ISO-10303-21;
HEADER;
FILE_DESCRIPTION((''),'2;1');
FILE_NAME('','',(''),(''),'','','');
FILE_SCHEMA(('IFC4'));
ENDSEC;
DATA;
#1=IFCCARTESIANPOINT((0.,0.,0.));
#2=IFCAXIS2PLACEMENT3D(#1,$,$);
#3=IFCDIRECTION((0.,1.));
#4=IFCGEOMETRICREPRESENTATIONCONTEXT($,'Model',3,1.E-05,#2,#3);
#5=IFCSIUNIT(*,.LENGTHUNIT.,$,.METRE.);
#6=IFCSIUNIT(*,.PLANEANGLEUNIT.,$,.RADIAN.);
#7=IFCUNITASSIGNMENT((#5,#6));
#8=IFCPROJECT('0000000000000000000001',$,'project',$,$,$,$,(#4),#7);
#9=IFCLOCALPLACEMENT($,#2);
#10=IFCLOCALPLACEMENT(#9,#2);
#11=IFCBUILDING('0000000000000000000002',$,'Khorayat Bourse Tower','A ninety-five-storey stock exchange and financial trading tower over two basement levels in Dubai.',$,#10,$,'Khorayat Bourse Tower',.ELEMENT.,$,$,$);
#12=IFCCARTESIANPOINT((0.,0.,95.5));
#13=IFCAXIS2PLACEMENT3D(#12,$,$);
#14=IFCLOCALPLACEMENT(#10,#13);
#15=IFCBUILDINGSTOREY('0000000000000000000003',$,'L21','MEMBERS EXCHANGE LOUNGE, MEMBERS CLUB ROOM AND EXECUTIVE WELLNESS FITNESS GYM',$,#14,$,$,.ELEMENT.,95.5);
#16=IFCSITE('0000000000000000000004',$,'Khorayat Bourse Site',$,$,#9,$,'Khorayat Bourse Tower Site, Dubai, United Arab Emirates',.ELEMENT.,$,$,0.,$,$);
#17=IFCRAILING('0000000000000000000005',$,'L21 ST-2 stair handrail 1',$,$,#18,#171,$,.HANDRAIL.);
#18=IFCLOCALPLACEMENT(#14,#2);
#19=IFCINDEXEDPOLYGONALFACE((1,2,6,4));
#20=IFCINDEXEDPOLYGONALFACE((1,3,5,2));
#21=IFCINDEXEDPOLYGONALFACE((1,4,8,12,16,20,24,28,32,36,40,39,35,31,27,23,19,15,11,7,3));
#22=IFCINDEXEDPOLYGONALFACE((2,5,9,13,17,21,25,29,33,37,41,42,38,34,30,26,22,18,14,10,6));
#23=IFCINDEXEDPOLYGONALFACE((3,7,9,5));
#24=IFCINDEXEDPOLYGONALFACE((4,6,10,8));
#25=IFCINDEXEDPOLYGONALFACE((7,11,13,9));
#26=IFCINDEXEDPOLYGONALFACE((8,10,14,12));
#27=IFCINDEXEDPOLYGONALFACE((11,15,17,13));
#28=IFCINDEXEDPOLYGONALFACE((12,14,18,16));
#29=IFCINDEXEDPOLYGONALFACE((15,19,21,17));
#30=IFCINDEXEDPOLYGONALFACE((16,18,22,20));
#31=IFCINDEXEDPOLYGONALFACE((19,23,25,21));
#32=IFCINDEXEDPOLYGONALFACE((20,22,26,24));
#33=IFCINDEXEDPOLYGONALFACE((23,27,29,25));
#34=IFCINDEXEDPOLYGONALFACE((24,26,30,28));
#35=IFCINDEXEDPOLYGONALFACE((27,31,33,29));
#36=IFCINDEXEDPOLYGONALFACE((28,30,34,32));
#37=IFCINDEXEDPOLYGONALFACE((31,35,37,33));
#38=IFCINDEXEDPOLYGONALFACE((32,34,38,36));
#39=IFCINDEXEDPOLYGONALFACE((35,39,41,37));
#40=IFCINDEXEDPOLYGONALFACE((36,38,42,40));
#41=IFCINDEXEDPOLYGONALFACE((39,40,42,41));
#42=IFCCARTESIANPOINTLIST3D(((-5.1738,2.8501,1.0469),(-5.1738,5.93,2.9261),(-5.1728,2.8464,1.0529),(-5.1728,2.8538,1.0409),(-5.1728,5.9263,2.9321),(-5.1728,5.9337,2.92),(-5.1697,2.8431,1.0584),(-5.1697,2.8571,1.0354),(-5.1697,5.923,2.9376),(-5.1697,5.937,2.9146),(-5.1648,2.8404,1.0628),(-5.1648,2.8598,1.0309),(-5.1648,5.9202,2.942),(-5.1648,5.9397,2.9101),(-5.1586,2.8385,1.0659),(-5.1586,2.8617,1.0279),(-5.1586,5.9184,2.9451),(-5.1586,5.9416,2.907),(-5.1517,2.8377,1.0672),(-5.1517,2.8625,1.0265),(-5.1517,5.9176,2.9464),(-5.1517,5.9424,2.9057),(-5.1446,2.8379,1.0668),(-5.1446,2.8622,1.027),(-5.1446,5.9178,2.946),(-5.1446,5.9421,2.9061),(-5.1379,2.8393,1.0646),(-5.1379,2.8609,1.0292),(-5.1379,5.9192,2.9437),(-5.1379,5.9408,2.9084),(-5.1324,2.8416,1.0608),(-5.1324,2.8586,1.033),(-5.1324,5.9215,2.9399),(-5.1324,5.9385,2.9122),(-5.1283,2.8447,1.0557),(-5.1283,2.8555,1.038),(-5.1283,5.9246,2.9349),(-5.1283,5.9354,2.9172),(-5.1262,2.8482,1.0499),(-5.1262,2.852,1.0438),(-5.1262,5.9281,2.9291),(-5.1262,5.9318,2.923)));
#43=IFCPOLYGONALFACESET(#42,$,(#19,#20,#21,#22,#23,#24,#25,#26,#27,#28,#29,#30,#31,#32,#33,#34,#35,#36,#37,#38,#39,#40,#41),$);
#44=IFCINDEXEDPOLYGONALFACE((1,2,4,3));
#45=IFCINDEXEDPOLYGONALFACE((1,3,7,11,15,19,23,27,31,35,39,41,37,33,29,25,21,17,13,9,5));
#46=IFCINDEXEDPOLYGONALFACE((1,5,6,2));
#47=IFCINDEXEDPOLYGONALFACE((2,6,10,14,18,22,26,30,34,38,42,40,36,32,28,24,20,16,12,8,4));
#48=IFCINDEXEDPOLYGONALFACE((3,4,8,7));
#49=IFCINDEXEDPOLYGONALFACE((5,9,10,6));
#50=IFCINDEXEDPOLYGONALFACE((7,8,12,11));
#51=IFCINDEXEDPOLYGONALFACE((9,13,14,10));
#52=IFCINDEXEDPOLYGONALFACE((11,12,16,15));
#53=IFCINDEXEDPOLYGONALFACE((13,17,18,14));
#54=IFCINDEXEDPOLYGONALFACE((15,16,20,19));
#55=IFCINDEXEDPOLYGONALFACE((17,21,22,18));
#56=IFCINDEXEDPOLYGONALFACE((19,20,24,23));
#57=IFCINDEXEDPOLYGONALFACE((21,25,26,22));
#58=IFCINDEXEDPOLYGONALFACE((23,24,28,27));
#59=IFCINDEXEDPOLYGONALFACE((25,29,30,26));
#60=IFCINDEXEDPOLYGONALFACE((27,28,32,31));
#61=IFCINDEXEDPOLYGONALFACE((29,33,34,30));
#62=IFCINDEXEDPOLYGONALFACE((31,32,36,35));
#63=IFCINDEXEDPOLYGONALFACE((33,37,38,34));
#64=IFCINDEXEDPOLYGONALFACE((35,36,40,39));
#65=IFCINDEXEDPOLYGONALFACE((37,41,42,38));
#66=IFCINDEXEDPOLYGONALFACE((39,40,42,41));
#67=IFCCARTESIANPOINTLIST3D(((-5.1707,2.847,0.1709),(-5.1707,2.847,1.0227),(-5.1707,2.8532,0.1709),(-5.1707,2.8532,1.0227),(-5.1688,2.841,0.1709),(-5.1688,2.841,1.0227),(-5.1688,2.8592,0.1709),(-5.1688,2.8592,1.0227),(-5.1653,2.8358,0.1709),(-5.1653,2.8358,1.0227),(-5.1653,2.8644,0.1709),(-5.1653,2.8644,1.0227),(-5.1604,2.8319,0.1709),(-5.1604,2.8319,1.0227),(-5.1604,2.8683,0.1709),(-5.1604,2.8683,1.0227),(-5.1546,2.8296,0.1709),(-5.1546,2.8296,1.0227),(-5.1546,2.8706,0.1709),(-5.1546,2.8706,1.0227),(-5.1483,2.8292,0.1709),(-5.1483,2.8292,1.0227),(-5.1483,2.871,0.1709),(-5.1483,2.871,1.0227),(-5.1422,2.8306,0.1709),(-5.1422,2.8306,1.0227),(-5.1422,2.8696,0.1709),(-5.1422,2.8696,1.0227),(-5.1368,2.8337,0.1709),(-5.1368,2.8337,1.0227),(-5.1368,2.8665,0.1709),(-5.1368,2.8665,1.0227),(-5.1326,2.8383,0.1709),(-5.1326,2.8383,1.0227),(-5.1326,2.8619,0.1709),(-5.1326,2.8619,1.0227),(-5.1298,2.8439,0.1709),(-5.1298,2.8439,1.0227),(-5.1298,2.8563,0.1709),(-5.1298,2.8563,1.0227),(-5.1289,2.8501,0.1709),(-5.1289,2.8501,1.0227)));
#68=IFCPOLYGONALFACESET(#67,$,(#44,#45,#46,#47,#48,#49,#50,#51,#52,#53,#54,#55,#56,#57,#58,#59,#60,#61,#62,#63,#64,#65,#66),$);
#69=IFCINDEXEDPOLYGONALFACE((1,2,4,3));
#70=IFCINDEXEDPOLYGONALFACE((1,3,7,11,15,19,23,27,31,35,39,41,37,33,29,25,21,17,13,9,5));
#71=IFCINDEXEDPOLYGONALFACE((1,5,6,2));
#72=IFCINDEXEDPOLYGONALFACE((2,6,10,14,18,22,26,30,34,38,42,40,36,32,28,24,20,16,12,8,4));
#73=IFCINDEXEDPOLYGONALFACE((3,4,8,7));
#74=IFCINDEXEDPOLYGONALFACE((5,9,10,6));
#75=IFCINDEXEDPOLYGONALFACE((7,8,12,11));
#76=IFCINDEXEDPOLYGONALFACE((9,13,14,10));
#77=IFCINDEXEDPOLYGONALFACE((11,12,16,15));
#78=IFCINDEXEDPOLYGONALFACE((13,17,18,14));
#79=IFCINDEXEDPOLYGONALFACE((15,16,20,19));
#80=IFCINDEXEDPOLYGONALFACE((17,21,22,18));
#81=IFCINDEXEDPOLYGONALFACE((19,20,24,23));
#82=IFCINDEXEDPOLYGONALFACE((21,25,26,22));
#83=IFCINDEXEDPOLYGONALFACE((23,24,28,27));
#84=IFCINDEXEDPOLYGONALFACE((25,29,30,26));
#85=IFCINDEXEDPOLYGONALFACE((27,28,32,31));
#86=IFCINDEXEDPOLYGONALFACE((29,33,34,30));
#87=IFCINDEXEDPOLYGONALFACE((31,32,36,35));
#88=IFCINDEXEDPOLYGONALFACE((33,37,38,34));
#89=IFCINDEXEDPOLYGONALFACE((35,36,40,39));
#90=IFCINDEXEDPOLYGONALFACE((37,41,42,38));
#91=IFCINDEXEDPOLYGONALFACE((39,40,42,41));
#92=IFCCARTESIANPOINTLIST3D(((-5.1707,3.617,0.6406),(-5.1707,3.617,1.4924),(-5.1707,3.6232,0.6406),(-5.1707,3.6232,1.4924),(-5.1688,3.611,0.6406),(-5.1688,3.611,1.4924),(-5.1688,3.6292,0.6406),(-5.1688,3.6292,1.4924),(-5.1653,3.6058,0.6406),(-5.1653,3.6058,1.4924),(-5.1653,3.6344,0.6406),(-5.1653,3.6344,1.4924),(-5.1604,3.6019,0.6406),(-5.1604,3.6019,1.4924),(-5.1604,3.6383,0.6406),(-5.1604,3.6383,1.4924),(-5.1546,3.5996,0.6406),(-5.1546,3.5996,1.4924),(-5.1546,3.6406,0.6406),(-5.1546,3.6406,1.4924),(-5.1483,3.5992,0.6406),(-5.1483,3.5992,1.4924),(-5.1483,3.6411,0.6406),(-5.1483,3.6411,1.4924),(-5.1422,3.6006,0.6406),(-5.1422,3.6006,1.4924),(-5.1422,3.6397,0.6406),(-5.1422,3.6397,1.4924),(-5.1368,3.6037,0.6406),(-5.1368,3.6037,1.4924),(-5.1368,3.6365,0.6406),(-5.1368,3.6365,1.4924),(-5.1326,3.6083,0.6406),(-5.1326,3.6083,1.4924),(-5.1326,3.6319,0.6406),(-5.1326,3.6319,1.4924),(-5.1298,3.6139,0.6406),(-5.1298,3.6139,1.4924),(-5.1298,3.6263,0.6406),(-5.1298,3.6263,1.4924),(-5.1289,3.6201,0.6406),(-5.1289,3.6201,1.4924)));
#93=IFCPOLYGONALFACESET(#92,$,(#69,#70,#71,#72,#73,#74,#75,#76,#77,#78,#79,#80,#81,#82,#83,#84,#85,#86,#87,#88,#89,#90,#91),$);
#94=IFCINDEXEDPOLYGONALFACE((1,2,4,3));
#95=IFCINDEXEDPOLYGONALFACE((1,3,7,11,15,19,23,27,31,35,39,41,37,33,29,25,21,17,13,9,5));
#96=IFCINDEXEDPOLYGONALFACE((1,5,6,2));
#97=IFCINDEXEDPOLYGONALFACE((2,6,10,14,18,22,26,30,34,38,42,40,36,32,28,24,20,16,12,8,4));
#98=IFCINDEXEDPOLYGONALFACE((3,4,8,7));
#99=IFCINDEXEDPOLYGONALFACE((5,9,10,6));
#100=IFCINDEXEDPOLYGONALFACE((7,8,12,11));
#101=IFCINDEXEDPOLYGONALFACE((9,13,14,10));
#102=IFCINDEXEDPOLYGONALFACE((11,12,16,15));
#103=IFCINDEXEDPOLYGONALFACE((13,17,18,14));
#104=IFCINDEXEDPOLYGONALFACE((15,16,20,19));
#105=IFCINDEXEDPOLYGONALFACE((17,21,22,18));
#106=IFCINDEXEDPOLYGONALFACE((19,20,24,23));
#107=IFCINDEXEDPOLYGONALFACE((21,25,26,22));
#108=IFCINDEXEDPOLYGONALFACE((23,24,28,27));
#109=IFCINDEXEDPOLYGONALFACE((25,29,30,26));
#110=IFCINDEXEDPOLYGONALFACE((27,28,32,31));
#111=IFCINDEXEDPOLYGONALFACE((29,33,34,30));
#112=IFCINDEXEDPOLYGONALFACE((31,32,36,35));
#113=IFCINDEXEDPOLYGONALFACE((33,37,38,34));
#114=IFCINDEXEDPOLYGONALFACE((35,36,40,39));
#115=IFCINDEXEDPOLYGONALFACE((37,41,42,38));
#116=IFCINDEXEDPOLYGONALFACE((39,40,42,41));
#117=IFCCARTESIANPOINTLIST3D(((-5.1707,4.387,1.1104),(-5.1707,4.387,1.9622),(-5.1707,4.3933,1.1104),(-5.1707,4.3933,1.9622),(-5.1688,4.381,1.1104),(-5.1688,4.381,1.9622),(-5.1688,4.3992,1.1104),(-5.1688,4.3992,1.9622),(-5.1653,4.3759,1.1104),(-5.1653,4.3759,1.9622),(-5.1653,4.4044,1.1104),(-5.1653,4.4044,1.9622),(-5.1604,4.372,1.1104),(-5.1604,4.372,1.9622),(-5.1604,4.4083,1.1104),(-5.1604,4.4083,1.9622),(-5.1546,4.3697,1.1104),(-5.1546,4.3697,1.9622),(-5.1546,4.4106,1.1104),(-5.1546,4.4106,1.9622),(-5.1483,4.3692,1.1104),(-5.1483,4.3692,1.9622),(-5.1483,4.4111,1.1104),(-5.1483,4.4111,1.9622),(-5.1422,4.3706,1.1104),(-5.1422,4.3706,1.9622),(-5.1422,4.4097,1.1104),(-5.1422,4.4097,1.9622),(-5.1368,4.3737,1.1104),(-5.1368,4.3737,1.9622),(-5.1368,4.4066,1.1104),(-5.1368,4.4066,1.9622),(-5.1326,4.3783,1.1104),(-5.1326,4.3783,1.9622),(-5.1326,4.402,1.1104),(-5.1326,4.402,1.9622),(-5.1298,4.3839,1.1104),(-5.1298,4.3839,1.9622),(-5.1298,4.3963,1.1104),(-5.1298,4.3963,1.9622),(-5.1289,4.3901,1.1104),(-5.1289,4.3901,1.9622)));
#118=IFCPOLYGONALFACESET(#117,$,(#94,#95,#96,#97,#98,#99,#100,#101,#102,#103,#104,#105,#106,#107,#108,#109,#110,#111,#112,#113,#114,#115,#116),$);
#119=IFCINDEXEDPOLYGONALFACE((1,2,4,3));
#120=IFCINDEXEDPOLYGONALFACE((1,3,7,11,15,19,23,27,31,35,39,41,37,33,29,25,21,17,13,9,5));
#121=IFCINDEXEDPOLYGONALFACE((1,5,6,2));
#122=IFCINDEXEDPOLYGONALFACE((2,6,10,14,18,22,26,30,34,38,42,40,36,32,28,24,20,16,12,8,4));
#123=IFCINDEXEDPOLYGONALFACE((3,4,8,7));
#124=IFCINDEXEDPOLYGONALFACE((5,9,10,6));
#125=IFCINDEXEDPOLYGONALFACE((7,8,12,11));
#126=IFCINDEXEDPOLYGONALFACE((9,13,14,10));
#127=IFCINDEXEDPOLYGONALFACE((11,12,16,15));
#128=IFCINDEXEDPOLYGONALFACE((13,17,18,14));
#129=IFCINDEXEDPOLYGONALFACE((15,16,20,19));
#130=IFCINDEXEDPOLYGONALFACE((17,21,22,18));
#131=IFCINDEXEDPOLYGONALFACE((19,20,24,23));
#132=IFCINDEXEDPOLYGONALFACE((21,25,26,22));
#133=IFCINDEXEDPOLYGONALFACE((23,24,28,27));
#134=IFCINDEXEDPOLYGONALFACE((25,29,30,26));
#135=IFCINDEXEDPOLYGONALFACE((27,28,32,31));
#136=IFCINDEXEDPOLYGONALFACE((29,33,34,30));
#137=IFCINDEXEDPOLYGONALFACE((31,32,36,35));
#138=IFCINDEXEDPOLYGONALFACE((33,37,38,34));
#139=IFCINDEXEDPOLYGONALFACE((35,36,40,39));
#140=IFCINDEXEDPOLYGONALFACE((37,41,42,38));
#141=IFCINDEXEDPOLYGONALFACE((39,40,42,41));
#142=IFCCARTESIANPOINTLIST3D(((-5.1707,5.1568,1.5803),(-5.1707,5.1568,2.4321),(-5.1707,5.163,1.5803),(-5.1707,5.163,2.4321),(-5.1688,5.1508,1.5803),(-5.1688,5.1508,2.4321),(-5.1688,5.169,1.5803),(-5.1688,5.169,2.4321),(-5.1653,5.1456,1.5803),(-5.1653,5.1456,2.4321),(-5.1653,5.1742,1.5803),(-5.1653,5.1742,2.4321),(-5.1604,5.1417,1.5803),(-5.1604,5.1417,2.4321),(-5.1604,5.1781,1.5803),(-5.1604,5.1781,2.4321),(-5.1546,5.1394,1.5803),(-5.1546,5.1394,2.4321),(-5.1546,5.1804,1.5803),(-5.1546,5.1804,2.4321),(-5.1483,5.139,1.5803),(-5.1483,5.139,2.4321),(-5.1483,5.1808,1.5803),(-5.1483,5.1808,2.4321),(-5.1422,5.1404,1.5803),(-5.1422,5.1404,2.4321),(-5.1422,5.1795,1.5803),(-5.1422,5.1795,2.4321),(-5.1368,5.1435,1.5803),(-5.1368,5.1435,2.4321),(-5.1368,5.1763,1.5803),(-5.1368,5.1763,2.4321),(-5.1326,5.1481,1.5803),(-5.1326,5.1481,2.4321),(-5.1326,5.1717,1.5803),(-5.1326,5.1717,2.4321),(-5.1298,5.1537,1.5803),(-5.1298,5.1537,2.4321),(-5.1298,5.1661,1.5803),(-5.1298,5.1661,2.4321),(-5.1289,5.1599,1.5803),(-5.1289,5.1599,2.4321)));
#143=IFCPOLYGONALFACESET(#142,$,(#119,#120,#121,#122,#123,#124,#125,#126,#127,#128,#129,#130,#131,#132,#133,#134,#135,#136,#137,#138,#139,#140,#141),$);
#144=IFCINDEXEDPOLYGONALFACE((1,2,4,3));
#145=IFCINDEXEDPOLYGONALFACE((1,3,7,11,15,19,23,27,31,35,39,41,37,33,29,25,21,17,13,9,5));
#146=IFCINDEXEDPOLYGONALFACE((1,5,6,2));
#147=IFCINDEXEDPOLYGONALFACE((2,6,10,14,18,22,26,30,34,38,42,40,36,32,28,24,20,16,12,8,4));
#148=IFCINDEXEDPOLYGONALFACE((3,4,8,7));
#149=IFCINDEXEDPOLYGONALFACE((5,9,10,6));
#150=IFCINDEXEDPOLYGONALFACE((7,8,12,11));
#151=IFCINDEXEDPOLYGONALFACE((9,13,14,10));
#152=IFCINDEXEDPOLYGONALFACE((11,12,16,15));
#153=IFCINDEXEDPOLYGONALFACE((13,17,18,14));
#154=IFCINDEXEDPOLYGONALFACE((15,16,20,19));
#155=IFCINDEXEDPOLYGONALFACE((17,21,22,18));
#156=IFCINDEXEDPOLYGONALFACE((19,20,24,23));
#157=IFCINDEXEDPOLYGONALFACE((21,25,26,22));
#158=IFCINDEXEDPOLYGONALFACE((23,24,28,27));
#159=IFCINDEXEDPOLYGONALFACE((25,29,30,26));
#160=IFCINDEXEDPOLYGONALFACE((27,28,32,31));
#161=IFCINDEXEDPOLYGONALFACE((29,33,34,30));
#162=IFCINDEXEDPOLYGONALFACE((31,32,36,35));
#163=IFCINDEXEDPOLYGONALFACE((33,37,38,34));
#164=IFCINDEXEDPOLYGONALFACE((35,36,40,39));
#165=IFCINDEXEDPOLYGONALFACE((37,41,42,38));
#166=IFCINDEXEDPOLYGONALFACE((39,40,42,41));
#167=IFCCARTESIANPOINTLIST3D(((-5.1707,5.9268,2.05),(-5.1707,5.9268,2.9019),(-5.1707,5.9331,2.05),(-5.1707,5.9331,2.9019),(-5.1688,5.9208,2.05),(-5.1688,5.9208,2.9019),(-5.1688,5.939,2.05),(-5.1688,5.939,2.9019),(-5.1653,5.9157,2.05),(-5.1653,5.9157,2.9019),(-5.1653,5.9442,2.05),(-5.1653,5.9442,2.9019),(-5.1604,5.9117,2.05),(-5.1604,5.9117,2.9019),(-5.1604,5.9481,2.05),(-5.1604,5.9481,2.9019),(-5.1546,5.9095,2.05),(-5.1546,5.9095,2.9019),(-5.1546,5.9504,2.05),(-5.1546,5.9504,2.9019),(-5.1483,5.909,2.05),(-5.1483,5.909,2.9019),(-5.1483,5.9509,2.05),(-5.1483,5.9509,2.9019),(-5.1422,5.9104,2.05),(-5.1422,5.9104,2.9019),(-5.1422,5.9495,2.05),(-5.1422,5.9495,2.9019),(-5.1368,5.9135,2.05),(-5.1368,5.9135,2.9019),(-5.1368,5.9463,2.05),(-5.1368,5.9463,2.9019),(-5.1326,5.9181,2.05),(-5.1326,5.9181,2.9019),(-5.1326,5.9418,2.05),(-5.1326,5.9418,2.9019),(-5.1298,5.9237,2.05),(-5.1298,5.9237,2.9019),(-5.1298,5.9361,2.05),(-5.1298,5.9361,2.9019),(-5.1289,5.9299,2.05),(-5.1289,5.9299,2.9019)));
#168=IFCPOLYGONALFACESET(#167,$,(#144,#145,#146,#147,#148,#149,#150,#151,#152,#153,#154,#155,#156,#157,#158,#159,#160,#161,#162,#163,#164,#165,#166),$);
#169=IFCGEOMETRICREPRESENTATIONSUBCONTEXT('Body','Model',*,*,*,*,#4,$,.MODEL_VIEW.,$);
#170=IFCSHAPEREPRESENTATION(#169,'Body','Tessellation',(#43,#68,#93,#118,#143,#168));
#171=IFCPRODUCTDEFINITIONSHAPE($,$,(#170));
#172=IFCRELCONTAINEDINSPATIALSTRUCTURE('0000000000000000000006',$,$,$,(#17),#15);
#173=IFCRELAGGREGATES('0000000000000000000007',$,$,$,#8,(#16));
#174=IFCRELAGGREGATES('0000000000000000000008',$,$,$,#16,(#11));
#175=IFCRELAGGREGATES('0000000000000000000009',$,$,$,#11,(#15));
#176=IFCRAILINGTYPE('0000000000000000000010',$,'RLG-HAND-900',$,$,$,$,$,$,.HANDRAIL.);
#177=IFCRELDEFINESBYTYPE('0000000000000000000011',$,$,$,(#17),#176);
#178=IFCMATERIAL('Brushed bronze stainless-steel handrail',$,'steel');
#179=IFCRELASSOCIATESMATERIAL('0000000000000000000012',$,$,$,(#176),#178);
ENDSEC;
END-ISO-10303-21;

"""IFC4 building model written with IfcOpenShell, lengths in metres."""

from ifc_helpers import new_model, si_unit, direction, frame, origin, origin_2d, place, context, subcontext, project, spatial, circle, extrude, source, transform, mapped, material, type_object, element, save


model = new_model("IFC4")

# Units and contexts
model_context = context("Model", 3, precision=1e-05, world=origin(), true_north=direction((0.0, 1.0)))
body_context = subcontext(model_context, "Body", "Model", "MODEL_VIEW")
ifc_project = project(units=[si_unit("LENGTHUNIT", "METRE"), si_unit("PLANEANGLEUNIT", "RADIAN")], contexts=[model_context])

# Site, building, storey
site_placement = place(None, origin())
site = spatial("IfcSite", under=ifc_project, at=site_placement, Name="Khorayat Bourse Site", LongName="Khorayat Bourse Tower Site, Dubai, United Arab Emirates", CompositionType="ELEMENT", RefElevation=0.0)
building_placement = place(site_placement, origin())
building = spatial("IfcBuilding", under=site, at=building_placement, Name="Khorayat Bourse Tower", Description="A ninety-five-storey stock exchange and financial trading tower over two basement levels in Dubai.", LongName="Khorayat Bourse Tower", CompositionType="ELEMENT")
storey_placement = place(building_placement, frame((0.0, 0.0, 95.5)))
storey = spatial("IfcBuildingStorey", under=building, at=storey_placement, Name="L21", Description="MEMBERS EXCHANGE LOUNGE, MEMBERS CLUB ROOM AND EXECUTIVE WELLNESS FITNESS GYM", CompositionType="ELEMENT", Elevation=95.5)

# Railing
ifc_material_1 = material(Name="Brushed bronze stainless-steel handrail", Category="steel")
railing_type_1 = type_object("IfcRailingType", Name="RLG-HAND-900", PredefinedType="HANDRAIL", material=ifc_material_1)
shared_shape_1 = source(origin(), body_context, "Body", "SweptSolid", [
    extrude(circle(Radius=0.0239, at=origin_2d()), frame((0.0, 0.0, 0.876), z_axis=(0.0, 0.853648, 0.52085), x_axis=(-1.0, 0.0, 0.0)), (0.0, 0.0, 1.0), 3.6079),
    extrude(circle(Radius=0.021, at=origin_2d()), origin(), (0.0, 0.0, 1.0), 0.8518),
    extrude(circle(Radius=0.021, at=origin_2d()), frame((0.0, 0.77, 0.4697)), (0.0, 0.0, 1.0), 0.8518),
    extrude(circle(Radius=0.021, at=origin_2d()), frame((0.0, 1.54, 0.9395)), (0.0, 0.0, 1.0), 0.8518),
    extrude(circle(Radius=0.021, at=origin_2d()), frame((0.0, 2.3098, 1.4094)), (0.0, 0.0, 1.0), 0.8518),
    extrude(circle(Radius=0.021, at=origin_2d()), frame((0.0, 3.0798, 1.8792)), (0.0, 0.0, 1.0), 0.8518),
])
railing_1_placement = place(storey_placement, frame((-5.1499, 2.8501, 0.1709)))
element("IfcRailing", 1, at=railing_1_placement, inside=storey, type_object=railing_type_1, Name="L21 ST-2 stair handrail 1", PredefinedType="HANDRAIL", context=body_context, shape_type="MappedRepresentation", body=[
    mapped(shared_shape_1, transform((0.0, 0.0, 0.0), scale=1.0)),
])

save(model, "model.ifc")
